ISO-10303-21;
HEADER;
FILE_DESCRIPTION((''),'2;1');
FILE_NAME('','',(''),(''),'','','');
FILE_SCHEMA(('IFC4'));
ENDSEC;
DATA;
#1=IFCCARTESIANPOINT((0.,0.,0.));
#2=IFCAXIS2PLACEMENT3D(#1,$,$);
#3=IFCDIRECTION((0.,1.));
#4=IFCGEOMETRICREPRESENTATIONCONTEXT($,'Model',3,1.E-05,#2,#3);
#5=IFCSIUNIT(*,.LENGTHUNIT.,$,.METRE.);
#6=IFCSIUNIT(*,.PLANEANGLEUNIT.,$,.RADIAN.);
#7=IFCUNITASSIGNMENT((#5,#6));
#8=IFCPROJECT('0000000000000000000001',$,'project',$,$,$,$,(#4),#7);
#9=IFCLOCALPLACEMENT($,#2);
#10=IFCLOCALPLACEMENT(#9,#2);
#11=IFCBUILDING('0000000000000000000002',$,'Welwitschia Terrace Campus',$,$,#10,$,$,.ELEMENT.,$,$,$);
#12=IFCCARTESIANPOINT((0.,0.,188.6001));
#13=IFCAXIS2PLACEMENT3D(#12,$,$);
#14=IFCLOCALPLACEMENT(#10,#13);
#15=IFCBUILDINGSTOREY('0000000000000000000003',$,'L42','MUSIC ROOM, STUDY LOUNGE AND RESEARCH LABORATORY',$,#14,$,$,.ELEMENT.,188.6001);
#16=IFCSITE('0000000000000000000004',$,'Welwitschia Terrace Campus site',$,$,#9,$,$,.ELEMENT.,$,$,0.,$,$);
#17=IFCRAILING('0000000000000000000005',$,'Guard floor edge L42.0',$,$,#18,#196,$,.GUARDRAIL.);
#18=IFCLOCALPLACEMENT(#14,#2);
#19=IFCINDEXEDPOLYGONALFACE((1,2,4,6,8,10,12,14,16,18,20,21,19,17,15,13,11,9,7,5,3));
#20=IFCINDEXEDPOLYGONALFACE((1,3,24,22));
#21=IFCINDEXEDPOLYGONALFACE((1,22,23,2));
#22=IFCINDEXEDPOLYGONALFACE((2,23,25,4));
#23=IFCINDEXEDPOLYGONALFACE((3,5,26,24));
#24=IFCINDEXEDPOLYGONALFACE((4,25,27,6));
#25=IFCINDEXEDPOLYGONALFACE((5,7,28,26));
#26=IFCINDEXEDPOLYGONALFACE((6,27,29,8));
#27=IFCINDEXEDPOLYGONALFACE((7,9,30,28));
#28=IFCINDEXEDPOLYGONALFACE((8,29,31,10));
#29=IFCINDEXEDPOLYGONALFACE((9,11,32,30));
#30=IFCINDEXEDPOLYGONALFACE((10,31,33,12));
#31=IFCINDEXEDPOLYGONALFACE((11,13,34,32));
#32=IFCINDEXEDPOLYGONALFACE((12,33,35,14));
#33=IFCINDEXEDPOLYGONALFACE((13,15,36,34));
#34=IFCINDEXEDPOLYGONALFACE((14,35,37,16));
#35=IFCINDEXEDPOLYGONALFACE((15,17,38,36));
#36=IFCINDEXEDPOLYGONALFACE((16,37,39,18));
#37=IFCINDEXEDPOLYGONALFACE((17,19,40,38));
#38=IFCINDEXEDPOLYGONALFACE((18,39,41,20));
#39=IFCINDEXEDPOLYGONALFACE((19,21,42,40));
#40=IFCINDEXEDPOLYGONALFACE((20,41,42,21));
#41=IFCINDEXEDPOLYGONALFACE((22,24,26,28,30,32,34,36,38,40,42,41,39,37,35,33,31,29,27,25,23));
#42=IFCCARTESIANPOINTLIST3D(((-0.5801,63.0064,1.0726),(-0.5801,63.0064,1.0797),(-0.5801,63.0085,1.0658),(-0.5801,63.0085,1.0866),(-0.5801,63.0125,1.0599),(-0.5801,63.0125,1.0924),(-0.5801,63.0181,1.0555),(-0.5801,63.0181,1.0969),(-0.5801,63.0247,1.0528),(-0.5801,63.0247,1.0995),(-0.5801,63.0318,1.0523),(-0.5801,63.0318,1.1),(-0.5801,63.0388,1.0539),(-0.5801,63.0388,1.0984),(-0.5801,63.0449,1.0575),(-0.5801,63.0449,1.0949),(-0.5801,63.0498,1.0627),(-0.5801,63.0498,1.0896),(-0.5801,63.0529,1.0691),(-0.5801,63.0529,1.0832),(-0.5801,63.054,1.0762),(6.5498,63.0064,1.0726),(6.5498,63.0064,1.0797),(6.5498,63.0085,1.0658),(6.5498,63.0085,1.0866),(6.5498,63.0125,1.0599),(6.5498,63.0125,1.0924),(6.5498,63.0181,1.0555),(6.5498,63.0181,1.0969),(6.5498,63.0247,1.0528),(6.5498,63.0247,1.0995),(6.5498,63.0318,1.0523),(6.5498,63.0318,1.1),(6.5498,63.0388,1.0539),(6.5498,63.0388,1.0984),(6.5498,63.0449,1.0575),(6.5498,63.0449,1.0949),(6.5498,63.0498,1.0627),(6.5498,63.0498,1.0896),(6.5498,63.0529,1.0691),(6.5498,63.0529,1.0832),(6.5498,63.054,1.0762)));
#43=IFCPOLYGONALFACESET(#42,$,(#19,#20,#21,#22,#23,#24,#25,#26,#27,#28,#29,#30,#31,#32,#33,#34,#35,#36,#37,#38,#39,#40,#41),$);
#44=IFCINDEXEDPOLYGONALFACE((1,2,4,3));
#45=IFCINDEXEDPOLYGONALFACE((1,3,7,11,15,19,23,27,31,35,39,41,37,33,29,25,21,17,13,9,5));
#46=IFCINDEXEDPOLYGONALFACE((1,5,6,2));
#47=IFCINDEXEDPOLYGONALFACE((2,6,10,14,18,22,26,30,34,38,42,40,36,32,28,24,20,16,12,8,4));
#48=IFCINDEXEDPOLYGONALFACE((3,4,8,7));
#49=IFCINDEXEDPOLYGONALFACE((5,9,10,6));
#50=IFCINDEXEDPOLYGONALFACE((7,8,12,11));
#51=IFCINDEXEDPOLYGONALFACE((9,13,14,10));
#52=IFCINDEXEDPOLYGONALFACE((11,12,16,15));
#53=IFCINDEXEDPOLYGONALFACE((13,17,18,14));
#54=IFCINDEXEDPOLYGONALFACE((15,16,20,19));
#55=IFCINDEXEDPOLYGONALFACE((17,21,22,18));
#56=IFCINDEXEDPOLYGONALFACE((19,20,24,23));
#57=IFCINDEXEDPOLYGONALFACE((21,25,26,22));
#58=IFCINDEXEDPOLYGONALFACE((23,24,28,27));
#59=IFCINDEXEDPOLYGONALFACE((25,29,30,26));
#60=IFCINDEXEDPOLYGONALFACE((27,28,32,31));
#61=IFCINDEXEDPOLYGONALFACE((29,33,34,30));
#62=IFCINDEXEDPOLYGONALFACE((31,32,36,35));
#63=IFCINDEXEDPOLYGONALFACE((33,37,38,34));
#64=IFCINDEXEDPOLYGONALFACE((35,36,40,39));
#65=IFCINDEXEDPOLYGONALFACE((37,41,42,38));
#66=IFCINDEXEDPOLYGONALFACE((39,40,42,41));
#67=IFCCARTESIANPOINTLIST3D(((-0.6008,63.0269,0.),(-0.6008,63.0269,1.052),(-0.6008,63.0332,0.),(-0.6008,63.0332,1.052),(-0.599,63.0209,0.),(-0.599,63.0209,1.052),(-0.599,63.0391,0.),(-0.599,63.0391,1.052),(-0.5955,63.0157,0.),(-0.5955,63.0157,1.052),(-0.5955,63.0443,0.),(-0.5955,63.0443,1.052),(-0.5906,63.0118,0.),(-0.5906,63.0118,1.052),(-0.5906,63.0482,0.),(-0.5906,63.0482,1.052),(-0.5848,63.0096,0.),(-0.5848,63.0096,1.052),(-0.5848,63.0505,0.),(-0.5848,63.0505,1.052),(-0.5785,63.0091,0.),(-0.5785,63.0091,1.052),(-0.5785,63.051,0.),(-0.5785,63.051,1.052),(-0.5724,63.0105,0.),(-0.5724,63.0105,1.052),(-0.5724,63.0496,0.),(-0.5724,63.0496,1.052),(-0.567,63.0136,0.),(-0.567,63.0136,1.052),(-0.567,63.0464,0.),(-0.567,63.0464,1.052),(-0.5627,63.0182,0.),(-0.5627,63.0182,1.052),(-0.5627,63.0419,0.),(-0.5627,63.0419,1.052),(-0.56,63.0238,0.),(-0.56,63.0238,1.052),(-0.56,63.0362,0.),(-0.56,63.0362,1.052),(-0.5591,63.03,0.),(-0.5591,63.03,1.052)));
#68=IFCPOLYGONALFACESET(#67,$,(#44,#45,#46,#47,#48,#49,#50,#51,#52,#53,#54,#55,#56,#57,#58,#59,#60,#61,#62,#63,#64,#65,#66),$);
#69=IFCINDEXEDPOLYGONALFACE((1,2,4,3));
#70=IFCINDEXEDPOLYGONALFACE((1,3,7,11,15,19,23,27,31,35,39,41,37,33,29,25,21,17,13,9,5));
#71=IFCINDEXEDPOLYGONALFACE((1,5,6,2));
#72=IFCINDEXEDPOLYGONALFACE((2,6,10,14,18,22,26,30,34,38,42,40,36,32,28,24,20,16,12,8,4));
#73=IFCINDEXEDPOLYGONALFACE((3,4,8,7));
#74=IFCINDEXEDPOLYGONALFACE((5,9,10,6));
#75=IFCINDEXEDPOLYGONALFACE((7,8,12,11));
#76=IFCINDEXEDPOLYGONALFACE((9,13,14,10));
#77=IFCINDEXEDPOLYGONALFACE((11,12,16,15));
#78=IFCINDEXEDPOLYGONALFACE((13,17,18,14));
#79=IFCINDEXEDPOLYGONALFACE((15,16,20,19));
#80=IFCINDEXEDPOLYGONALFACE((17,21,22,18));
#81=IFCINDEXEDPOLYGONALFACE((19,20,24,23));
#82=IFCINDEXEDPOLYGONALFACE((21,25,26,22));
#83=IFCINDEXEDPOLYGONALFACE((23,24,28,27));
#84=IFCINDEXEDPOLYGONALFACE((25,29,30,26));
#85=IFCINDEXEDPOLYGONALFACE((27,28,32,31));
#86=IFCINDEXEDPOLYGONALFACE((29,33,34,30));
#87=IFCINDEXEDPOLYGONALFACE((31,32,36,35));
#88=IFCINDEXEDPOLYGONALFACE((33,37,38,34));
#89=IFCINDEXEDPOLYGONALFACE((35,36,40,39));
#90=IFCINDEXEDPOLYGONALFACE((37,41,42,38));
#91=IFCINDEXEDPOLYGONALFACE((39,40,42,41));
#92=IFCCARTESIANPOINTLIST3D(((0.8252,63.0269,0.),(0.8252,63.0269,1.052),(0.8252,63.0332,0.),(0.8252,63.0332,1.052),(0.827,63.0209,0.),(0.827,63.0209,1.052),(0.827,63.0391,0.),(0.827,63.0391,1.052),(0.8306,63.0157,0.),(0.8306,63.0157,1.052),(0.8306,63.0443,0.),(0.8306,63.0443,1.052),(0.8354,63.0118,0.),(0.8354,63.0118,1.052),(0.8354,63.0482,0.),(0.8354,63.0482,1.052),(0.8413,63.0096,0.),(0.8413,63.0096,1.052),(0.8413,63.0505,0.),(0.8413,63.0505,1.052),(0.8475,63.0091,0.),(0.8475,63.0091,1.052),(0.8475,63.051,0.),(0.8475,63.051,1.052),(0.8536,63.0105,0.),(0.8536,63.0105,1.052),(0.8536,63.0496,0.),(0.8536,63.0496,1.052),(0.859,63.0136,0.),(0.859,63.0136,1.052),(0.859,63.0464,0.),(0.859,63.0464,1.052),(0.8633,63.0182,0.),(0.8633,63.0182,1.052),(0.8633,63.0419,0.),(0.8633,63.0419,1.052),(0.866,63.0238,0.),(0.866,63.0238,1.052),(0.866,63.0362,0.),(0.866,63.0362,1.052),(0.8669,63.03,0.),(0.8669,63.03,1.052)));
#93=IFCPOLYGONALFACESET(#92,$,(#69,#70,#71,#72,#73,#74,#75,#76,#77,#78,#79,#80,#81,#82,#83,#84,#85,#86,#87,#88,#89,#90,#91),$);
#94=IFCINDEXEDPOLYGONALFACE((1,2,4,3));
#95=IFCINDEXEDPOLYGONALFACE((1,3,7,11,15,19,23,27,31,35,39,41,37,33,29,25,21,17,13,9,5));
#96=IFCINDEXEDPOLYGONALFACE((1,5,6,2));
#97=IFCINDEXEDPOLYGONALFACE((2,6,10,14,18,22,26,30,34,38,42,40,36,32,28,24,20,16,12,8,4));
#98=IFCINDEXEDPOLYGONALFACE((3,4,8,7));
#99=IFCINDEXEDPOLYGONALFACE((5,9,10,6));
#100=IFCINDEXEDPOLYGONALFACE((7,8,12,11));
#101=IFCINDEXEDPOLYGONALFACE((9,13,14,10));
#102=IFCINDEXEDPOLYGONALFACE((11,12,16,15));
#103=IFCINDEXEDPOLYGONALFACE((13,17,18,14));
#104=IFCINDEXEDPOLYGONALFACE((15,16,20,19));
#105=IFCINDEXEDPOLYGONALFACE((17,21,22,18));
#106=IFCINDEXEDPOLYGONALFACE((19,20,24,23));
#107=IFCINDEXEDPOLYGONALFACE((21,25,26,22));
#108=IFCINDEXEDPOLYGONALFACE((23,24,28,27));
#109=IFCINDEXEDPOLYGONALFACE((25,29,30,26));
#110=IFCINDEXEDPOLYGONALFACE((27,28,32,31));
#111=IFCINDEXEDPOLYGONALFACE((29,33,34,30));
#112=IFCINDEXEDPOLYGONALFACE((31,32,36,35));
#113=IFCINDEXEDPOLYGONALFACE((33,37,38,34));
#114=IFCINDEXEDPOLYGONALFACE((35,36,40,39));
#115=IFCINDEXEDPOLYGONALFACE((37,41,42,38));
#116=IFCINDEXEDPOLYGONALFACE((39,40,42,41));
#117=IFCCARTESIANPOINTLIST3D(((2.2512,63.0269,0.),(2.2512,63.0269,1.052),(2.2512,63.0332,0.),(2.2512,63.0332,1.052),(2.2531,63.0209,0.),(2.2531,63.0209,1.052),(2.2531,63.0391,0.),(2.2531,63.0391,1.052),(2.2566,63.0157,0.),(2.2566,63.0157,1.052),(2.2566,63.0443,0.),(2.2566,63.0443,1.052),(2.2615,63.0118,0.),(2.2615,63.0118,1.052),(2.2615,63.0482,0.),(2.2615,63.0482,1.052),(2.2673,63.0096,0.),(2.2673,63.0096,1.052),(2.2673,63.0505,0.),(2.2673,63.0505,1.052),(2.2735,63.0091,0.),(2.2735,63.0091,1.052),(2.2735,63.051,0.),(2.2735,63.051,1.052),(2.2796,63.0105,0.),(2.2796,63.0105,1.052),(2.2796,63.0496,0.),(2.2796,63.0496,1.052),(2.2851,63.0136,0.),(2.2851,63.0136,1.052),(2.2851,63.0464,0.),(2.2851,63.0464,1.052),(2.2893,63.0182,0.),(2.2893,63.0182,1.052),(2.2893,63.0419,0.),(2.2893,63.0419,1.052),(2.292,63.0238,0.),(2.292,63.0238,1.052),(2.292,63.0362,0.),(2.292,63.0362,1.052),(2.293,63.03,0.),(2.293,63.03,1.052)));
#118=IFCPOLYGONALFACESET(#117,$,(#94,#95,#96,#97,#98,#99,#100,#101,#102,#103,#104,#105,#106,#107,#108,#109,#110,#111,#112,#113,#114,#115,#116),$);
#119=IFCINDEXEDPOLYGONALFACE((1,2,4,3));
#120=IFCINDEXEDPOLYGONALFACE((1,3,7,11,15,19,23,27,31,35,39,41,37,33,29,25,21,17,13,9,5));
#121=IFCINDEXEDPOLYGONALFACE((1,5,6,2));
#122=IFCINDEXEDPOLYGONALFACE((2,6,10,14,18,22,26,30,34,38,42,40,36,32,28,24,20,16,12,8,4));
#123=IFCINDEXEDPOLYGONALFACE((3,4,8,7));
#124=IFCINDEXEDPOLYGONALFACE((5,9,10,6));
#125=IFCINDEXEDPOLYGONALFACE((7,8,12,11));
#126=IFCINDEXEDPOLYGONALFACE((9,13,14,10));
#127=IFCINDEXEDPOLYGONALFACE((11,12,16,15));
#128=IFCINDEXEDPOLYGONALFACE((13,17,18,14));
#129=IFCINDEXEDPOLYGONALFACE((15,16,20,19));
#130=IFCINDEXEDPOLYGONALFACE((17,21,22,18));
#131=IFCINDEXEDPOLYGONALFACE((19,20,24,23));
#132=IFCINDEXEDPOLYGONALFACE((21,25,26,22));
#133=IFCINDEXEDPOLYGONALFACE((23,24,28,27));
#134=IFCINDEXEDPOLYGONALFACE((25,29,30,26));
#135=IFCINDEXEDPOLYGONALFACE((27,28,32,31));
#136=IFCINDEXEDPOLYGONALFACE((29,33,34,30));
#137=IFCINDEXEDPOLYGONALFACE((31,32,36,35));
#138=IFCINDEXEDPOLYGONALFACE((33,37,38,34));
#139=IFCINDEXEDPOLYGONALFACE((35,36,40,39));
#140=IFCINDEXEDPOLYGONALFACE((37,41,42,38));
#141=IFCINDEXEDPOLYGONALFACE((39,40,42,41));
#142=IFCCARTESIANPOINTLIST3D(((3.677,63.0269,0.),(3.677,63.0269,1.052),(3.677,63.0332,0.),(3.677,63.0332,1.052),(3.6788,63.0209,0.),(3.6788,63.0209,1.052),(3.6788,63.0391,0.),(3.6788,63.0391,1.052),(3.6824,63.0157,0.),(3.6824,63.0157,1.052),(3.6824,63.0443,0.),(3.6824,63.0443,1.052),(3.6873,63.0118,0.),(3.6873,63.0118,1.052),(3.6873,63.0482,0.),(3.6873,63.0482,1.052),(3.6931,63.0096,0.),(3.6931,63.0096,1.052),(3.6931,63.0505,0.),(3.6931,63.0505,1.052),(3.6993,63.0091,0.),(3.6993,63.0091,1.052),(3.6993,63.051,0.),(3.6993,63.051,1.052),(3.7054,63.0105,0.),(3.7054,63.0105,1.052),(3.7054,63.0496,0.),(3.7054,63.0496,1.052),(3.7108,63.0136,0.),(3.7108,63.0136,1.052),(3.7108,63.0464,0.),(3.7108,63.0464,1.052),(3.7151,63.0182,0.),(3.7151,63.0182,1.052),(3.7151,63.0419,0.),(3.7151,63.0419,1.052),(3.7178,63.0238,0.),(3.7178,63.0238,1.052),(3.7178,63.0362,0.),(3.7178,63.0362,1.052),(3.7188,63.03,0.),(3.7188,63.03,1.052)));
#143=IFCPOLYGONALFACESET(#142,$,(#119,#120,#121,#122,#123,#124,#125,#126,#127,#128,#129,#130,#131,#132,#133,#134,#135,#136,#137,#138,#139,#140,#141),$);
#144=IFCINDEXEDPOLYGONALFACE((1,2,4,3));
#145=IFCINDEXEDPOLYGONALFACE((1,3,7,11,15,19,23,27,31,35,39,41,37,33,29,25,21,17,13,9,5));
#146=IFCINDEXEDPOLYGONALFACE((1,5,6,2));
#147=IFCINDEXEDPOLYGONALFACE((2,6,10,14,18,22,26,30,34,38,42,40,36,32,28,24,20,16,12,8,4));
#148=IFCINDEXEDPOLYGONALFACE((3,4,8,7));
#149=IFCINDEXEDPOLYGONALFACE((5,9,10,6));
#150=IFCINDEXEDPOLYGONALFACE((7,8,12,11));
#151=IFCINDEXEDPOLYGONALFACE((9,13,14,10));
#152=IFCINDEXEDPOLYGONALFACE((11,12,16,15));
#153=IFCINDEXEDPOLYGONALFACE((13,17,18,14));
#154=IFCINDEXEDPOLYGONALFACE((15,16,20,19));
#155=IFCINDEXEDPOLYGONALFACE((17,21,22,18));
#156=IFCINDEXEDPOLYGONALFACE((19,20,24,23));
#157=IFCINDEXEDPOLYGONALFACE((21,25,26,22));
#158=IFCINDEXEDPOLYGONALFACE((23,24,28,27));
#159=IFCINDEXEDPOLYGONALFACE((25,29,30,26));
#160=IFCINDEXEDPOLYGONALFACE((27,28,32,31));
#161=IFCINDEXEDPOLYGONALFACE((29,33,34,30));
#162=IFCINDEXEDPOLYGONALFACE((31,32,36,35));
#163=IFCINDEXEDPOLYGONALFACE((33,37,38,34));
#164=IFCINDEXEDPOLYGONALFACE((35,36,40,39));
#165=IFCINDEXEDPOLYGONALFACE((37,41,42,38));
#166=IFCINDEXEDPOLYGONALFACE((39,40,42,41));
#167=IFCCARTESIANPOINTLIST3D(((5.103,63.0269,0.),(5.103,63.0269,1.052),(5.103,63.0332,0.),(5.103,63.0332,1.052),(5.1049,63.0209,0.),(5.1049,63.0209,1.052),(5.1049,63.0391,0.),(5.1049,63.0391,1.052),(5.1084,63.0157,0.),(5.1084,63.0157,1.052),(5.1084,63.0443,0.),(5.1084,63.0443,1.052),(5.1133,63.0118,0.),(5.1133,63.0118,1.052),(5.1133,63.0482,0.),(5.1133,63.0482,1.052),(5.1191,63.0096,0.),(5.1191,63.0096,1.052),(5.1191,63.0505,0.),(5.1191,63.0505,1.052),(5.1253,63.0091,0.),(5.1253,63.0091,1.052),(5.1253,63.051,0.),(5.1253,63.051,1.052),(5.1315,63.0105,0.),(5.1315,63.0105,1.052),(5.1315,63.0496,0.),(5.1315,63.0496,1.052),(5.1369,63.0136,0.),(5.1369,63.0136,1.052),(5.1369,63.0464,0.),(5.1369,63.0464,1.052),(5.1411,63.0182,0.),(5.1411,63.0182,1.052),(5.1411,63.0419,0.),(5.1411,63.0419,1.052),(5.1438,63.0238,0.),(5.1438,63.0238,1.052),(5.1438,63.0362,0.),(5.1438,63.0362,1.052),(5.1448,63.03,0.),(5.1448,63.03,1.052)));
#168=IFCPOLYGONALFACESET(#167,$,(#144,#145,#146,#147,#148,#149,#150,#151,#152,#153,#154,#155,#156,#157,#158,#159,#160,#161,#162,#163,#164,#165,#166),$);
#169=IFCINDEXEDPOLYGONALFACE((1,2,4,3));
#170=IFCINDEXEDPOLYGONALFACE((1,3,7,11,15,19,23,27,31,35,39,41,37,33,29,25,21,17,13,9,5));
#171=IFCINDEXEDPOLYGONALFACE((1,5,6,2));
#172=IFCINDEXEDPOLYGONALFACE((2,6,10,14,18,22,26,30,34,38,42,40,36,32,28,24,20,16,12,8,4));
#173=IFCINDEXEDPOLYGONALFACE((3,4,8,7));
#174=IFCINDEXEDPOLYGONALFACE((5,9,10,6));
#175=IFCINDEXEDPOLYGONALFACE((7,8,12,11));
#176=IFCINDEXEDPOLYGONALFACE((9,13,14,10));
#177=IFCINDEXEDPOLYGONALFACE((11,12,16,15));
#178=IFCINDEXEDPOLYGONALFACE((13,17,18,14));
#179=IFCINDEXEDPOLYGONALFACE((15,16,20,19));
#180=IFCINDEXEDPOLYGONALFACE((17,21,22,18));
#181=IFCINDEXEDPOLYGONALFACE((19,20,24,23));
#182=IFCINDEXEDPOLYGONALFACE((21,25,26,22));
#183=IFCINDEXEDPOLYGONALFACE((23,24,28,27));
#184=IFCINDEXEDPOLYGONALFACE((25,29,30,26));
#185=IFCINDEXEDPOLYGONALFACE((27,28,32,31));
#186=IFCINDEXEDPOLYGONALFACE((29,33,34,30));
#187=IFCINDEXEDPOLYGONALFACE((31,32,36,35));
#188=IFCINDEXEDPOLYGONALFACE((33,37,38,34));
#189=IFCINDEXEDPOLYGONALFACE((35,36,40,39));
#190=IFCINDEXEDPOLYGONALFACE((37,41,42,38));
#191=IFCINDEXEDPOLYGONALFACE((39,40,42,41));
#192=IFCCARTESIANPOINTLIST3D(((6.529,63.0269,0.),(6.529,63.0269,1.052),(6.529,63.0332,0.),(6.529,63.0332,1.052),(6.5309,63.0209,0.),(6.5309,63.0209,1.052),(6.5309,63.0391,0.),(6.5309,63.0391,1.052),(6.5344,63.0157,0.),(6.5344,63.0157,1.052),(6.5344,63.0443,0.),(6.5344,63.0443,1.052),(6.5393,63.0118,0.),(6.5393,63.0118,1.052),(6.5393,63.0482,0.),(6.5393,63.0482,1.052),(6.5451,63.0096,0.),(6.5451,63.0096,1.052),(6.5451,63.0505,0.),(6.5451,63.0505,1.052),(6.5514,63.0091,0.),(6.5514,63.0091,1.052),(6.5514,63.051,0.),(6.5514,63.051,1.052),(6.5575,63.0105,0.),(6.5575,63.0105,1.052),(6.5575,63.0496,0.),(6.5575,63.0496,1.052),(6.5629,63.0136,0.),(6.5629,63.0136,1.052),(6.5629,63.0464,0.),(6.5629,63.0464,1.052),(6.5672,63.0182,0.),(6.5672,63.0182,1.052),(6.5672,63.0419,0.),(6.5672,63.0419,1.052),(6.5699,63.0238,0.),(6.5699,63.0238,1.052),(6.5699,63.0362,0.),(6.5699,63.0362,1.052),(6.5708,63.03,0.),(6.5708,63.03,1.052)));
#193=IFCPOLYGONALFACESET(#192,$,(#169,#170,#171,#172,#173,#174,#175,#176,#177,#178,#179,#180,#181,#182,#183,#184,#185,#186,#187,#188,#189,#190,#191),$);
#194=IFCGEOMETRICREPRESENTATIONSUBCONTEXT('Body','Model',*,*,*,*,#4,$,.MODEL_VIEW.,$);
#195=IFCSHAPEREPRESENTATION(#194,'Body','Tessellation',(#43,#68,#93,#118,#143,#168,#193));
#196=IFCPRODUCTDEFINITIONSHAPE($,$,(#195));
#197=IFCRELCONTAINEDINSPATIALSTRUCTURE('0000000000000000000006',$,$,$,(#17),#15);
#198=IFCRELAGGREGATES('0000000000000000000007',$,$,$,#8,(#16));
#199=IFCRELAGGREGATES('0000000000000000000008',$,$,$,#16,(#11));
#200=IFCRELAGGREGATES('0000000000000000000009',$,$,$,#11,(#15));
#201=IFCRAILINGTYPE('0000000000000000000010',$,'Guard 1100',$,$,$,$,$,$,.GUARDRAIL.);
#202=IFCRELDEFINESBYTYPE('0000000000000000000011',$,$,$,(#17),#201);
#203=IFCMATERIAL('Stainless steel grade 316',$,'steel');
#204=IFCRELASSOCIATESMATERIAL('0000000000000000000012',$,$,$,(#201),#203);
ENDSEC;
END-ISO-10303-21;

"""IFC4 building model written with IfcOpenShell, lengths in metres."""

from ifc_helpers import new_model, si_unit, direction, frame, origin, origin_2d, place, context, subcontext, project, spatial, circle, extrude, material, type_object, element, save


model = new_model("IFC4")

# Units and contexts
model_context = context("Model", 3, precision=1e-05, world=origin(), true_north=direction((0.0, 1.0)))
body_context = subcontext(model_context, "Body", "Model", "MODEL_VIEW")
ifc_project = project(units=[si_unit("LENGTHUNIT", "METRE"), si_unit("PLANEANGLEUNIT", "RADIAN")], contexts=[model_context])

# Site, building, storey
site_placement = place(None, origin())
site = spatial("IfcSite", under=ifc_project, at=site_placement, Name="Welwitschia Terrace Campus site", CompositionType="ELEMENT", RefElevation=0.0)
building_placement = place(site_placement, origin())
building = spatial("IfcBuilding", under=site, at=building_placement, Name="Welwitschia Terrace Campus", CompositionType="ELEMENT")
storey_placement = place(building_placement, frame((0.0, 0.0, 188.6001)))
storey = spatial("IfcBuildingStorey", under=building, at=storey_placement, Name="L42", Description="MUSIC ROOM, STUDY LOUNGE AND RESEARCH LABORATORY", CompositionType="ELEMENT", Elevation=188.6001)

# Railing
ifc_material_1 = material(Name="Stainless steel grade 316", Category="steel")
railing_type = type_object("IfcRailingType", Name="Guard 1100", PredefinedType="GUARDRAIL", material=ifc_material_1)
railing_1_placement = place(storey_placement, frame((-0.5801, 63.03, 0.0)))
element("IfcRailing", 1, at=railing_1_placement, inside=storey, type_object=railing_type, Name="Guard floor edge L42.0", PredefinedType="GUARDRAIL", context=body_context, shape_type="SweptSolid", body=[
    extrude(circle(Radius=0.0239, at=origin_2d()), frame((0.0, 0.0, 1.0762), z_axis=(1.0, 0.0, 0.0), x_axis=(0.0, 1.0, 0.0)), (0.0, 0.0, 1.0), 7.1299),
    extrude(circle(Radius=0.021, at=origin_2d()), origin(), (0.0, 0.0, 1.0), 1.052),
    extrude(circle(Radius=0.021, at=origin_2d()), frame((1.426, 0.0, 0.0)), (0.0, 0.0, 1.0), 1.052),
    extrude(circle(Radius=0.021, at=origin_2d()), frame((2.8521, 0.0, 0.0)), (0.0, 0.0, 1.0), 1.052),
    extrude(circle(Radius=0.021, at=origin_2d()), frame((4.2778, 0.0, 0.0)), (0.0, 0.0, 1.0), 1.052),
    extrude(circle(Radius=0.021, at=origin_2d()), frame((5.7039, 0.0, 0.0)), (0.0, 0.0, 1.0), 1.052),
    extrude(circle(Radius=0.021, at=origin_2d()), frame((7.1299, 0.0, 0.0)), (0.0, 0.0, 1.0), 1.052),
])

save(model, "model.ifc")
